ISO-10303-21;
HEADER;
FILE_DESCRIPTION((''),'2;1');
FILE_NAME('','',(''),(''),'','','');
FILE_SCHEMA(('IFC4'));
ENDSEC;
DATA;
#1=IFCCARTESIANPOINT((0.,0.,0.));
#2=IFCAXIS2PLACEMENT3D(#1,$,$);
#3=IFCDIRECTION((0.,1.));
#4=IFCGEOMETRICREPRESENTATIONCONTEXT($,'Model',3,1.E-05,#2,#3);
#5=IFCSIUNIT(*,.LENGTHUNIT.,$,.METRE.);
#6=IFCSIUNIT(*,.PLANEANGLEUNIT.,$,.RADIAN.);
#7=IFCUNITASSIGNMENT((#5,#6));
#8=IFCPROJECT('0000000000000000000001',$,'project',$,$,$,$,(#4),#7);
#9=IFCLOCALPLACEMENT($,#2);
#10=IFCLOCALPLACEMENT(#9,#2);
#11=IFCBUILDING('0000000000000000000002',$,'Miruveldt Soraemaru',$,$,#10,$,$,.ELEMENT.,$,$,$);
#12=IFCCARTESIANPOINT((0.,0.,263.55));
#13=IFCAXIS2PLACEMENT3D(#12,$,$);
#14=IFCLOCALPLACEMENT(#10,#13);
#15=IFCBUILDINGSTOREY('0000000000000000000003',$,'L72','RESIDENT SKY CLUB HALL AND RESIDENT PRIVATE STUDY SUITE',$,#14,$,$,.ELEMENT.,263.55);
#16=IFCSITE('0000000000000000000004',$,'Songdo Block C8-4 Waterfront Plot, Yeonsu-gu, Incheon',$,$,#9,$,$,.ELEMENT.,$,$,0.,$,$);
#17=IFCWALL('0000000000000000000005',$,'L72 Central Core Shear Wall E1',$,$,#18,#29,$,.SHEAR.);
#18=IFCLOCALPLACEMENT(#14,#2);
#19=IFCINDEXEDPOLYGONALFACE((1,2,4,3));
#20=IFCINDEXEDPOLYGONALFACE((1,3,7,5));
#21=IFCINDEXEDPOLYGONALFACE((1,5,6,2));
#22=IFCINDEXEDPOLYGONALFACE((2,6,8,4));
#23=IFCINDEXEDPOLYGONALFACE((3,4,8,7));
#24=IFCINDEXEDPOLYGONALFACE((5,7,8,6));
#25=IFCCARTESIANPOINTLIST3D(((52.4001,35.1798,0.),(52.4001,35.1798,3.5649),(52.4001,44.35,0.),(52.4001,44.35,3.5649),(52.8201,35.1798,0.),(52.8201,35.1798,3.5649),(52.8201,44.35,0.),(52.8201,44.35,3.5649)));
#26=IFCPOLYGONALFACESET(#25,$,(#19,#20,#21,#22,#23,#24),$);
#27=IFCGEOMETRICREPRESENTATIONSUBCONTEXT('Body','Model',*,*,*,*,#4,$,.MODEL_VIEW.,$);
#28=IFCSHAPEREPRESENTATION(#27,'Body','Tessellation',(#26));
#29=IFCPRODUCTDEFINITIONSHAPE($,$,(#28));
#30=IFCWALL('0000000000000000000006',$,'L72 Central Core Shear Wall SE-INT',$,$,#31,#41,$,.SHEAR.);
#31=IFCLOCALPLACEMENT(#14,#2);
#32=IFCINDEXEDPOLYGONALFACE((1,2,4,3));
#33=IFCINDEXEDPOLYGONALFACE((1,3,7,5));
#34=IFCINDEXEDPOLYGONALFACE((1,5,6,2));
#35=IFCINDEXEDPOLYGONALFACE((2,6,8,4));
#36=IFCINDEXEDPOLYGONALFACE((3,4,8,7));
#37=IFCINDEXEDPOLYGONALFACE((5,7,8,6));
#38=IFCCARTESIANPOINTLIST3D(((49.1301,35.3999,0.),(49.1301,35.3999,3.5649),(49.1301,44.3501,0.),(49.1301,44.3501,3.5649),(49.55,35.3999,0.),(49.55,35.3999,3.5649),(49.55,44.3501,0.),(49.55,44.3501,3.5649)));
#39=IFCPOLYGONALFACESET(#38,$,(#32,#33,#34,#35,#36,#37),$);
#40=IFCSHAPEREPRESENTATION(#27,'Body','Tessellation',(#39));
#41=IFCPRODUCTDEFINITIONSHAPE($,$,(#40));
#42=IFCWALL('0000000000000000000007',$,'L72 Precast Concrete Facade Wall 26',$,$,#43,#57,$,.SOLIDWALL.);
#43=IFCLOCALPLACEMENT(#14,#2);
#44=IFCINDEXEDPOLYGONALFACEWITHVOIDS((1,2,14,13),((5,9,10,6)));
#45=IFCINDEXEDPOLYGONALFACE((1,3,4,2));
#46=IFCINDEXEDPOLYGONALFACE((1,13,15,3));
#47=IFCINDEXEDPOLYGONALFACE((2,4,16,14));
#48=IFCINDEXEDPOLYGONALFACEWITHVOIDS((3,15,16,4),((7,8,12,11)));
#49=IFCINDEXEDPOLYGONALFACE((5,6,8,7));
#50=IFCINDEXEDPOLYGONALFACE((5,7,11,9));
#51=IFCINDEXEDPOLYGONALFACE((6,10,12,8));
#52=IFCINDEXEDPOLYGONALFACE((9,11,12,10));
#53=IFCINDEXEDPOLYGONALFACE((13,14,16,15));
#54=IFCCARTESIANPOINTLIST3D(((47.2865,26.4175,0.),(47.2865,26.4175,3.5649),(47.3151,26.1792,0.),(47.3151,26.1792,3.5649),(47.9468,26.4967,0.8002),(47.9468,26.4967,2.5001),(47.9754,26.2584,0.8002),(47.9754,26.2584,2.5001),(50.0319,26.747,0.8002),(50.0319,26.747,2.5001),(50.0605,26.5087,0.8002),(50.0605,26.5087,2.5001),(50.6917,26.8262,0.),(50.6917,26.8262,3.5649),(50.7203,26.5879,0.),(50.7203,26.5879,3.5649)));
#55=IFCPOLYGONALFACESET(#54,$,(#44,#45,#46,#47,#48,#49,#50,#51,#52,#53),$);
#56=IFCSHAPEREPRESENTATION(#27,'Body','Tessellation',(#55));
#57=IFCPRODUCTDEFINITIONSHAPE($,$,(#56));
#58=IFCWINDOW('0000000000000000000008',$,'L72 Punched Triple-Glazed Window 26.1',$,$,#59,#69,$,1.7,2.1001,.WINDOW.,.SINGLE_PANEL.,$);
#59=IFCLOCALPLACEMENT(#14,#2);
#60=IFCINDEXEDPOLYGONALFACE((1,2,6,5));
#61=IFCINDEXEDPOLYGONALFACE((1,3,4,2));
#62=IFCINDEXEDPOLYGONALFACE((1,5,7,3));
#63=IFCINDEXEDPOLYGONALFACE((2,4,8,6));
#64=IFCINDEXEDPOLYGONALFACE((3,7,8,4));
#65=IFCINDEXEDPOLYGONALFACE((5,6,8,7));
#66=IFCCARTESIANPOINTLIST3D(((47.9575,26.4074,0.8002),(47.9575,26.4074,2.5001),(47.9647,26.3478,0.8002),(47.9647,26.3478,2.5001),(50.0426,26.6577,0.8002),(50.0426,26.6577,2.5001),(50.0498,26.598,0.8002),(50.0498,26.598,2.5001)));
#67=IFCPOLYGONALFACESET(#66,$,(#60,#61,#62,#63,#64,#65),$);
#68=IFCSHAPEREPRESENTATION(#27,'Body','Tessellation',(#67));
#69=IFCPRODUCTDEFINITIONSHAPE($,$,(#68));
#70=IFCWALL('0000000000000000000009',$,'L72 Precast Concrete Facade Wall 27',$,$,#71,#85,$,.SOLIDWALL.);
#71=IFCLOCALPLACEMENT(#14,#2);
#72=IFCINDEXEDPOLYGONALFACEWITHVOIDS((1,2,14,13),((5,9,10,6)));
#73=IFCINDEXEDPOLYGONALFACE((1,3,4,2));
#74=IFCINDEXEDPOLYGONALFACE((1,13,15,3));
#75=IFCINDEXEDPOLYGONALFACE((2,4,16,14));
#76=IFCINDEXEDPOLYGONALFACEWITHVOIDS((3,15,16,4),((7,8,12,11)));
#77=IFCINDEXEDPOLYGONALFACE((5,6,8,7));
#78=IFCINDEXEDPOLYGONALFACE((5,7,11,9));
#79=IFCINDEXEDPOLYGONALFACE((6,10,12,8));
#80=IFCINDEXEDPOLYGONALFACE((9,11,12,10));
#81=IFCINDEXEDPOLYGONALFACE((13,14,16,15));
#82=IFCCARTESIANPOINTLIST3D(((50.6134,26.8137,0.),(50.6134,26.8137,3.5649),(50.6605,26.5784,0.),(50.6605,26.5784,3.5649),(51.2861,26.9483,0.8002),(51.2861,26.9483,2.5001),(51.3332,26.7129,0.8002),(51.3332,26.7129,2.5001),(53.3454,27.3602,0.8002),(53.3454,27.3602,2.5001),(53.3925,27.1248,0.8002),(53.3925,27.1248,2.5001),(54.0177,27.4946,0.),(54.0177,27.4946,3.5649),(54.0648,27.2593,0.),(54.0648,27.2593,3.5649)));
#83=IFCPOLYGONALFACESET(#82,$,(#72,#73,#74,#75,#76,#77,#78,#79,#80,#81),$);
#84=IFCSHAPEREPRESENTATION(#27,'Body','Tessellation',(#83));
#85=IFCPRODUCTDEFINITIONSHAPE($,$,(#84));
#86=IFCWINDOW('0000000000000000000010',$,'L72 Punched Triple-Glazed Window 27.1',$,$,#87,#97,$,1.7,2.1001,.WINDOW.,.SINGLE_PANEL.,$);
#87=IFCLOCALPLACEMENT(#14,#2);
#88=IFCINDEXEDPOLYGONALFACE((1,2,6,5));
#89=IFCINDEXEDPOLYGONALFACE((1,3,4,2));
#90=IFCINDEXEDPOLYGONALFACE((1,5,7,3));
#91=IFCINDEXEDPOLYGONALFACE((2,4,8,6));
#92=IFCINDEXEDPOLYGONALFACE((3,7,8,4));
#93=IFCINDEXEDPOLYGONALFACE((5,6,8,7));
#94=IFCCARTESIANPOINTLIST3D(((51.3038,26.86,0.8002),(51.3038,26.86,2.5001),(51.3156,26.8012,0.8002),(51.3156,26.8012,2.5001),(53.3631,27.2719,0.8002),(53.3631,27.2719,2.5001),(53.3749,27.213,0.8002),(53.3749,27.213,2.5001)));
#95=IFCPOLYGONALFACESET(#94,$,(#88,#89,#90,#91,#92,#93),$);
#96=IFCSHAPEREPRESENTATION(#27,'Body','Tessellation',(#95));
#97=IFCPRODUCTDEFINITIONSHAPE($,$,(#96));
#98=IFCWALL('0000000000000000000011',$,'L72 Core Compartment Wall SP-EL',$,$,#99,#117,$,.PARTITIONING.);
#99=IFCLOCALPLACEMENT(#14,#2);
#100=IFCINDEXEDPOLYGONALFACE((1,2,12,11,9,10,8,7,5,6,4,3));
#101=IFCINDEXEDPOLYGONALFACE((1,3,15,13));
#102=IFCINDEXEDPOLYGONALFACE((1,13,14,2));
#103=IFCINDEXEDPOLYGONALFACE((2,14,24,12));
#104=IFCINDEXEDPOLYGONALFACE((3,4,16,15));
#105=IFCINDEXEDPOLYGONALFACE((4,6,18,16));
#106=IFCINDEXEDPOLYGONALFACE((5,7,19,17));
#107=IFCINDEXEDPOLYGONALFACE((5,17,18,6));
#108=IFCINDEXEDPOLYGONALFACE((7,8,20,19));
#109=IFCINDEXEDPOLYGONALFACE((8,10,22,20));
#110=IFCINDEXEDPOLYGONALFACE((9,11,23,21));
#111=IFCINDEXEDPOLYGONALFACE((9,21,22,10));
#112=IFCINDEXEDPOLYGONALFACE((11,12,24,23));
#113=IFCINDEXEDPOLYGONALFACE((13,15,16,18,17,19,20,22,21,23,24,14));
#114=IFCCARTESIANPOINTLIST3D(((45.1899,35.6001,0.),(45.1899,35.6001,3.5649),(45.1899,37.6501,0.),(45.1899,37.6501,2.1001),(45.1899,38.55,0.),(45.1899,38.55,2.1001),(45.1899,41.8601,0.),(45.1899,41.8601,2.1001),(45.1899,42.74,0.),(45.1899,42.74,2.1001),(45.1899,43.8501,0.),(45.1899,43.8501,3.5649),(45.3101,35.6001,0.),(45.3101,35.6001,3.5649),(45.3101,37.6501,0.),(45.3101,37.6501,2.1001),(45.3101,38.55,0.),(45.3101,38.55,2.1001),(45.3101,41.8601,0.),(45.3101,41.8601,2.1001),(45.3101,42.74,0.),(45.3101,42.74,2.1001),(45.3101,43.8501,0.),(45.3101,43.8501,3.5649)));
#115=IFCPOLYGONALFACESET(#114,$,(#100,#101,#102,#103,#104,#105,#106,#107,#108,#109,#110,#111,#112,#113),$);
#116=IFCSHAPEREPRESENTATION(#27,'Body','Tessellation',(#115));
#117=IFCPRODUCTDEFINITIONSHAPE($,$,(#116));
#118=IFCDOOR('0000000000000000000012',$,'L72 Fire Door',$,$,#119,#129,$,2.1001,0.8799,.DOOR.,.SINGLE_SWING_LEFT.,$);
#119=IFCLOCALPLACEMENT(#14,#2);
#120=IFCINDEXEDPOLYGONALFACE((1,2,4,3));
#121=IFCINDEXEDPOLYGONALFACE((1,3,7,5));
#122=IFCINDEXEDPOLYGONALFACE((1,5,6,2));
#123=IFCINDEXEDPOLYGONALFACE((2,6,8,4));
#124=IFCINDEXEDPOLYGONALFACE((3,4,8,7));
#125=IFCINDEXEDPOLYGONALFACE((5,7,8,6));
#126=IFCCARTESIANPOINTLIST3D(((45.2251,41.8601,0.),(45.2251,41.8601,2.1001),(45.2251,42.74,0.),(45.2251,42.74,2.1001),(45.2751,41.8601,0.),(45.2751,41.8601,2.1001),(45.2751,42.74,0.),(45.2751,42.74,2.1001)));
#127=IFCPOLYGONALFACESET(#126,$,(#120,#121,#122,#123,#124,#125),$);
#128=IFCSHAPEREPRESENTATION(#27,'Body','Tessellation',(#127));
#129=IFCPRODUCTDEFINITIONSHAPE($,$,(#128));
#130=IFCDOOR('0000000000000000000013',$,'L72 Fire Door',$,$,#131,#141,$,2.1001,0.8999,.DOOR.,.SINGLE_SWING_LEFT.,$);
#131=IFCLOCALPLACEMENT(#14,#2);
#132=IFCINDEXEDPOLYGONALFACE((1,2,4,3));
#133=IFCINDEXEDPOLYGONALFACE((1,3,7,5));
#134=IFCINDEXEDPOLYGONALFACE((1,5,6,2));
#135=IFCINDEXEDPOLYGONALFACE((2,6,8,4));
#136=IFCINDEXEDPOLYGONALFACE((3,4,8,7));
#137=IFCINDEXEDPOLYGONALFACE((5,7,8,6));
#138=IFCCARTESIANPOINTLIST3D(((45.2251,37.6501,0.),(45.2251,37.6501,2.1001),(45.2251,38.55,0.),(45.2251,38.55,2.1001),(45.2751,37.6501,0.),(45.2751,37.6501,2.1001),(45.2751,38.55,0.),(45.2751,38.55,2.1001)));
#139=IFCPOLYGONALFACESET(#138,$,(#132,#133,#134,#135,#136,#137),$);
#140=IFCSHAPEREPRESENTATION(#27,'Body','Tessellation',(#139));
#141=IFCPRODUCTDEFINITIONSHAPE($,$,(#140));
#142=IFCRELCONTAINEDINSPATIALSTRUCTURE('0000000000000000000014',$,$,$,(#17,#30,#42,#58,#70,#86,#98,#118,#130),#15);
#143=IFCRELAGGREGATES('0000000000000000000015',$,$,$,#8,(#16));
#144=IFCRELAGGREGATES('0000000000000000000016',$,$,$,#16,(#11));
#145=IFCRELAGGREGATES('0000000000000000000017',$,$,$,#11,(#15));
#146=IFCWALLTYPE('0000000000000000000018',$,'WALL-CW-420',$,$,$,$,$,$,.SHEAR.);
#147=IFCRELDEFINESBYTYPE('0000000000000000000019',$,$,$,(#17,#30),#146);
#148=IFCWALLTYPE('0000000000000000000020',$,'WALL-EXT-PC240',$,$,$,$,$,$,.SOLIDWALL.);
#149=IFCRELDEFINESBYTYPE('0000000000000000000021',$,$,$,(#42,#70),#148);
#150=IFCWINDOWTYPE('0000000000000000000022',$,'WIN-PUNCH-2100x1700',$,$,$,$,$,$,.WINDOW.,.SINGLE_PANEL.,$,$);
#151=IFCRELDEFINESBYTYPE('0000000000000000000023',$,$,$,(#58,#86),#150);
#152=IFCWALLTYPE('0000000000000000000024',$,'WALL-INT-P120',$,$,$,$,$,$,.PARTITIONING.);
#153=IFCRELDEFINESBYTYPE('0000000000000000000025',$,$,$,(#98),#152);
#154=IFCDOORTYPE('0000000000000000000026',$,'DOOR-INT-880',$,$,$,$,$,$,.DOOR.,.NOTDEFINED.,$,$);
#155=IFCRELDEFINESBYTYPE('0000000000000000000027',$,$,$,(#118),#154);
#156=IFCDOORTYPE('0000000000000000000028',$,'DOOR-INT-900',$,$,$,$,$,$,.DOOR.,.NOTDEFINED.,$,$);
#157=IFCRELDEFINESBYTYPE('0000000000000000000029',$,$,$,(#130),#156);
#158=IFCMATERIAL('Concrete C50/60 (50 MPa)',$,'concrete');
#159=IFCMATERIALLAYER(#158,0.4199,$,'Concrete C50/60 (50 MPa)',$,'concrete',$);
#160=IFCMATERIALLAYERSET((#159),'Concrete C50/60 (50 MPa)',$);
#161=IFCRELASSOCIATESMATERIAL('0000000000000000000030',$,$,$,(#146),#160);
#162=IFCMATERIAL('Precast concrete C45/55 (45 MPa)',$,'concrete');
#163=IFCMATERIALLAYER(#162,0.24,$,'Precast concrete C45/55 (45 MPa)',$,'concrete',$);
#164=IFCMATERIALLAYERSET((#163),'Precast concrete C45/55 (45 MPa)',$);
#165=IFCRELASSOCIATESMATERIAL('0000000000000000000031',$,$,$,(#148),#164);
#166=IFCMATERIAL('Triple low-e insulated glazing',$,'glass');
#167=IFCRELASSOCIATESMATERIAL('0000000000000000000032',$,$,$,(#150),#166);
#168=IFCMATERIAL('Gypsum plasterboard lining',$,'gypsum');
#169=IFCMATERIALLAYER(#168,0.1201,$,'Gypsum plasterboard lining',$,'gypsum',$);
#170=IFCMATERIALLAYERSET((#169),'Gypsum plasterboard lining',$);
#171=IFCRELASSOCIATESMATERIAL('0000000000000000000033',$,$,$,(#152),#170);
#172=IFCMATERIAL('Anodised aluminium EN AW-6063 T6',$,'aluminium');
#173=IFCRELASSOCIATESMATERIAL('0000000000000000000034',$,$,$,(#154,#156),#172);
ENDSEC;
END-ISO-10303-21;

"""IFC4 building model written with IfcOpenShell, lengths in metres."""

from ifc_helpers import new_model, si_unit, direction, frame, frame_2d, origin, place, context, subcontext, project, spatial, rectangle, extrude, material, layer, layer_set, type_object, element, fill, save


model = new_model("IFC4")

# Units and contexts
model_context = context("Model", 3, precision=1e-05, world=origin(), true_north=direction((0.0, 1.0)))
body_context = subcontext(model_context, "Body", "Model", "MODEL_VIEW")
ifc_project = project(units=[si_unit("LENGTHUNIT", "METRE"), si_unit("PLANEANGLEUNIT", "RADIAN")], contexts=[model_context])

# Site, building, storey
site_placement = place(None, origin())
site = spatial("IfcSite", under=ifc_project, at=site_placement, Name="Songdo Block C8-4 Waterfront Plot, Yeonsu-gu, Incheon", CompositionType="ELEMENT", RefElevation=0.0)
building_placement = place(site_placement, origin())
building = spatial("IfcBuilding", under=site, at=building_placement, Name="Miruveldt Soraemaru", CompositionType="ELEMENT")
storey_placement = place(building_placement, frame((0.0, 0.0, 263.55)))
storey = spatial("IfcBuildingStorey", under=building, at=storey_placement, Name="L72", Description="RESIDENT SKY CLUB HALL AND RESIDENT PRIVATE STUDY SUITE", CompositionType="ELEMENT", Elevation=263.55)

# Shared definitions
ifc_material_1 = material(Name="Concrete C50/60 (50 MPa)", Category="concrete")

# Walls
ifc_layer_1 = layer(ifc_material_1, 0.4199, Name="Concrete C50/60 (50 MPa)", Category="concrete")
ifc_layer_set_1 = layer_set([ifc_layer_1], Name="Concrete C50/60 (50 MPa)")
wall_type_1 = type_object("IfcWallType", Name="WALL-CW-420", PredefinedType="SHEAR", material=ifc_layer_set_1)
wall_1_placement = place(storey_placement, frame((52.6101, 35.1799, 0.0), z_axis=(0.0, 0.0, 1.0), x_axis=(0.0, 1.0, 0.0)))
element("IfcWall", 1, at=wall_1_placement, inside=storey, type_object=wall_type_1, Name="L72 Central Core Shear Wall E1", PredefinedType="SHEAR", context=body_context, shape_type="SweptSolid", body=[
    extrude(rectangle(XDim=9.1702, YDim=0.4199, at=frame_2d((4.585, 0.0))), origin(), (0.0, 0.0, 1.0), 3.5649),
])
wall_2_placement = place(storey_placement, frame((49.3401, 35.3999, 0.0), z_axis=(0.0, 0.0, 1.0), x_axis=(0.0, 1.0, 0.0)))
element("IfcWall", 2, at=wall_2_placement, inside=storey, type_object=wall_type_1, Name="L72 Central Core Shear Wall SE-INT", PredefinedType="SHEAR", context=body_context, shape_type="SweptSolid", body=[
    extrude(rectangle(XDim=8.9502, YDim=0.4199, at=frame_2d((4.4751, 0.0))), origin(), (0.0, 0.0, 1.0), 3.5649),
])

# Walls, openings, windows
ifc_material_2 = material(Name="Precast concrete C45/55 (45 MPa)", Category="concrete")
ifc_layer_2 = layer(ifc_material_2, 0.24, Name="Precast concrete C45/55 (45 MPa)", Category="concrete")
ifc_layer_set_2 = layer_set([ifc_layer_2], Name="Precast concrete C45/55 (45 MPa)")
wall_type_2 = type_object("IfcWallType", Name="WALL-EXT-PC240", PredefinedType="SOLIDWALL", material=ifc_layer_set_2)
wall_3_placement = place(storey_placement, frame((47.3008, 26.2983, 0.0), z_axis=(0.0, 0.0, 1.0), x_axis=(0.992875, 0.119162, 0.0)))
wall_3 = element("IfcWall", 3, at=wall_3_placement, inside=storey, type_object=wall_type_2, Name="L72 Precast Concrete Facade Wall 26", PredefinedType="SOLIDWALL", context=body_context, shape_type="SweptSolid", body=[
    extrude(rectangle(XDim=3.4297, YDim=0.24, at=frame_2d((1.7148, 0.0))), origin(), (0.0, 0.0, 1.0), 3.5649),
])
opening_1_placement = place(wall_3_placement, frame((0.665, 0.0, 0.8)))
opening_1 = element("IfcOpeningElement", 4, at=opening_1_placement, cuts=wall_3, PredefinedType="OPENING", context=body_context, shape_type="SweptSolid", body=[
    extrude(rectangle(XDim=2.1001, YDim=1.7, at=frame_2d((1.05, 0.8501))), frame((0.0, 0.1299, 0.0), z_axis=(0.0, -1.0, 0.0), x_axis=(1.0, 0.0, 0.0)), (0.0, 0.0, 1.0), 0.26),
])
ifc_material_3 = material(Name="Triple low-e insulated glazing", Category="glass")
window_type = type_object("IfcWindowType", Name="WIN-PUNCH-2100x1700", PartitioningType="SINGLE_PANEL", PredefinedType="WINDOW", material=ifc_material_3)
window_1_placement = place(opening_1_placement, origin())
window_1 = element("IfcWindow", 5, at=window_1_placement, inside=storey, type_object=window_type, Name="L72 Punched Triple-Glazed Window 26.1", OverallHeight=1.7, OverallWidth=2.1001, PartitioningType="SINGLE_PANEL", PredefinedType="WINDOW", context=body_context, shape_type="SweptSolid", body=[
    extrude(rectangle(XDim=2.1001, YDim=1.7, at=frame_2d((1.05, 0.8501))), frame((0.0, 0.03, 0.0), z_axis=(0.0, -1.0, 0.0), x_axis=(1.0, 0.0, 0.0)), (0.0, 0.0, 1.0), 0.0601),
])
fill(opening_1, window_1)
wall_4_placement = place(storey_placement, frame((50.637, 26.696, 0.0), z_axis=(0.0, 0.0, 1.0), x_axis=(0.980578, 0.19613, 0.0)))
wall_4 = element("IfcWall", 6, at=wall_4_placement, inside=storey, type_object=wall_type_2, Name="L72 Precast Concrete Facade Wall 27", PredefinedType="SOLIDWALL", context=body_context, shape_type="SweptSolid", body=[
    extrude(rectangle(XDim=3.4717, YDim=0.24, at=frame_2d((1.7358, 0.0))), origin(), (0.0, 0.0, 1.0), 3.5649),
])
opening_2_placement = place(wall_4_placement, frame((0.686, 0.0, 0.8)))
opening_2 = element("IfcOpeningElement", 7, at=opening_2_placement, cuts=wall_4, PredefinedType="OPENING", context=body_context, shape_type="SweptSolid", body=[
    extrude(rectangle(XDim=2.1001, YDim=1.7, at=frame_2d((1.05, 0.8501))), frame((0.0, 0.1299, 0.0), z_axis=(0.0, -1.0, 0.0), x_axis=(1.0, 0.0, 0.0)), (0.0, 0.0, 1.0), 0.26),
])
window_2_placement = place(opening_2_placement, origin())
window_2 = element("IfcWindow", 8, at=window_2_placement, inside=storey, type_object=window_type, Name="L72 Punched Triple-Glazed Window 27.1", OverallHeight=1.7, OverallWidth=2.1001, PartitioningType="SINGLE_PANEL", PredefinedType="WINDOW", context=body_context, shape_type="SweptSolid", body=[
    extrude(rectangle(XDim=2.1001, YDim=1.7, at=frame_2d((1.05, 0.8501))), frame((0.0, 0.03, 0.0), z_axis=(0.0, -1.0, 0.0), x_axis=(1.0, 0.0, 0.0)), (0.0, 0.0, 1.0), 0.0601),
])
fill(opening_2, window_2)

# Wall, openings, doors
ifc_material_4 = material(Name="Gypsum plasterboard lining", Category="gypsum")
ifc_layer_3 = layer(ifc_material_4, 0.1201, Name="Gypsum plasterboard lining", Category="gypsum")
ifc_layer_set_3 = layer_set([ifc_layer_3], Name="Gypsum plasterboard lining")
wall_type_3 = type_object("IfcWallType", Name="WALL-INT-P120", PredefinedType="PARTITIONING", material=ifc_layer_set_3)
wall_5_placement = place(storey_placement, frame((45.25, 35.6001, 0.0), z_axis=(0.0, 0.0, 1.0), x_axis=(0.0, 1.0, 0.0)))
wall_5 = element("IfcWall", 9, at=wall_5_placement, inside=storey, type_object=wall_type_3, Name="L72 Core Compartment Wall SP-EL", PredefinedType="PARTITIONING", context=body_context, shape_type="SweptSolid", body=[
    extrude(rectangle(XDim=8.25, YDim=0.1201, at=frame_2d((4.125, 0.0))), origin(), (0.0, 0.0, 1.0), 3.5649),
])
opening_3_placement = place(wall_5_placement, frame((2.05, 0.0, 0.0)))
opening_3 = element("IfcOpeningElement", 10, at=opening_3_placement, cuts=wall_5, PredefinedType="OPENING", context=body_context, shape_type="SweptSolid", body=[
    extrude(rectangle(XDim=0.8999, YDim=2.1001, at=frame_2d((0.45, 1.05))), frame((0.0, 0.0701, 0.0), z_axis=(0.0, -1.0, 0.0), x_axis=(1.0, 0.0, 0.0)), (0.0, 0.0, 1.0), 0.1401),
])
opening_4_placement = place(wall_5_placement, frame((6.26, 0.0, 0.0)))
opening_4 = element("IfcOpeningElement", 11, at=opening_4_placement, cuts=wall_5, PredefinedType="OPENING", context=body_context, shape_type="SweptSolid", body=[
    extrude(rectangle(XDim=0.8799, YDim=2.1001, at=frame_2d((0.4399, 1.05))), frame((0.0, 0.0701, 0.0), z_axis=(0.0, -1.0, 0.0), x_axis=(1.0, 0.0, 0.0)), (0.0, 0.0, 1.0), 0.1401),
])
ifc_material_5 = material(Name="Anodised aluminium EN AW-6063 T6", Category="aluminium")
door_type_1 = type_object("IfcDoorType", Name="DOOR-INT-880", OperationType="NOTDEFINED", PredefinedType="DOOR", material=ifc_material_5)
door_1_placement = place(opening_4_placement, origin())
door_1 = element("IfcDoor", 12, at=door_1_placement, inside=storey, type_object=door_type_1, Name="L72 Fire Door", OperationType="SINGLE_SWING_LEFT", OverallHeight=2.1001, OverallWidth=0.8799, PredefinedType="DOOR", context=body_context, shape_type="SweptSolid", body=[
    extrude(rectangle(XDim=0.8799, YDim=2.1001, at=frame_2d((0.4399, 1.05))), frame((0.0, 0.0249, 0.0), z_axis=(0.0, -1.0, 0.0), x_axis=(1.0, 0.0, 0.0)), (0.0, 0.0, 1.0), 0.05),
])
fill(opening_4, door_1)
door_type_2 = type_object("IfcDoorType", Name="DOOR-INT-900", OperationType="NOTDEFINED", PredefinedType="DOOR", material=ifc_material_5)
door_2_placement = place(opening_3_placement, origin())
door_2 = element("IfcDoor", 13, at=door_2_placement, inside=storey, type_object=door_type_2, Name="L72 Fire Door", OperationType="SINGLE_SWING_LEFT", OverallHeight=2.1001, OverallWidth=0.8999, PredefinedType="DOOR", context=body_context, shape_type="SweptSolid", body=[
    extrude(rectangle(XDim=0.8999, YDim=2.1001, at=frame_2d((0.45, 1.05))), frame((0.0, 0.0249, 0.0), z_axis=(0.0, -1.0, 0.0), x_axis=(1.0, 0.0, 0.0)), (0.0, 0.0, 1.0), 0.05),
])
fill(opening_3, door_2)

save(model, "model.ifc")
